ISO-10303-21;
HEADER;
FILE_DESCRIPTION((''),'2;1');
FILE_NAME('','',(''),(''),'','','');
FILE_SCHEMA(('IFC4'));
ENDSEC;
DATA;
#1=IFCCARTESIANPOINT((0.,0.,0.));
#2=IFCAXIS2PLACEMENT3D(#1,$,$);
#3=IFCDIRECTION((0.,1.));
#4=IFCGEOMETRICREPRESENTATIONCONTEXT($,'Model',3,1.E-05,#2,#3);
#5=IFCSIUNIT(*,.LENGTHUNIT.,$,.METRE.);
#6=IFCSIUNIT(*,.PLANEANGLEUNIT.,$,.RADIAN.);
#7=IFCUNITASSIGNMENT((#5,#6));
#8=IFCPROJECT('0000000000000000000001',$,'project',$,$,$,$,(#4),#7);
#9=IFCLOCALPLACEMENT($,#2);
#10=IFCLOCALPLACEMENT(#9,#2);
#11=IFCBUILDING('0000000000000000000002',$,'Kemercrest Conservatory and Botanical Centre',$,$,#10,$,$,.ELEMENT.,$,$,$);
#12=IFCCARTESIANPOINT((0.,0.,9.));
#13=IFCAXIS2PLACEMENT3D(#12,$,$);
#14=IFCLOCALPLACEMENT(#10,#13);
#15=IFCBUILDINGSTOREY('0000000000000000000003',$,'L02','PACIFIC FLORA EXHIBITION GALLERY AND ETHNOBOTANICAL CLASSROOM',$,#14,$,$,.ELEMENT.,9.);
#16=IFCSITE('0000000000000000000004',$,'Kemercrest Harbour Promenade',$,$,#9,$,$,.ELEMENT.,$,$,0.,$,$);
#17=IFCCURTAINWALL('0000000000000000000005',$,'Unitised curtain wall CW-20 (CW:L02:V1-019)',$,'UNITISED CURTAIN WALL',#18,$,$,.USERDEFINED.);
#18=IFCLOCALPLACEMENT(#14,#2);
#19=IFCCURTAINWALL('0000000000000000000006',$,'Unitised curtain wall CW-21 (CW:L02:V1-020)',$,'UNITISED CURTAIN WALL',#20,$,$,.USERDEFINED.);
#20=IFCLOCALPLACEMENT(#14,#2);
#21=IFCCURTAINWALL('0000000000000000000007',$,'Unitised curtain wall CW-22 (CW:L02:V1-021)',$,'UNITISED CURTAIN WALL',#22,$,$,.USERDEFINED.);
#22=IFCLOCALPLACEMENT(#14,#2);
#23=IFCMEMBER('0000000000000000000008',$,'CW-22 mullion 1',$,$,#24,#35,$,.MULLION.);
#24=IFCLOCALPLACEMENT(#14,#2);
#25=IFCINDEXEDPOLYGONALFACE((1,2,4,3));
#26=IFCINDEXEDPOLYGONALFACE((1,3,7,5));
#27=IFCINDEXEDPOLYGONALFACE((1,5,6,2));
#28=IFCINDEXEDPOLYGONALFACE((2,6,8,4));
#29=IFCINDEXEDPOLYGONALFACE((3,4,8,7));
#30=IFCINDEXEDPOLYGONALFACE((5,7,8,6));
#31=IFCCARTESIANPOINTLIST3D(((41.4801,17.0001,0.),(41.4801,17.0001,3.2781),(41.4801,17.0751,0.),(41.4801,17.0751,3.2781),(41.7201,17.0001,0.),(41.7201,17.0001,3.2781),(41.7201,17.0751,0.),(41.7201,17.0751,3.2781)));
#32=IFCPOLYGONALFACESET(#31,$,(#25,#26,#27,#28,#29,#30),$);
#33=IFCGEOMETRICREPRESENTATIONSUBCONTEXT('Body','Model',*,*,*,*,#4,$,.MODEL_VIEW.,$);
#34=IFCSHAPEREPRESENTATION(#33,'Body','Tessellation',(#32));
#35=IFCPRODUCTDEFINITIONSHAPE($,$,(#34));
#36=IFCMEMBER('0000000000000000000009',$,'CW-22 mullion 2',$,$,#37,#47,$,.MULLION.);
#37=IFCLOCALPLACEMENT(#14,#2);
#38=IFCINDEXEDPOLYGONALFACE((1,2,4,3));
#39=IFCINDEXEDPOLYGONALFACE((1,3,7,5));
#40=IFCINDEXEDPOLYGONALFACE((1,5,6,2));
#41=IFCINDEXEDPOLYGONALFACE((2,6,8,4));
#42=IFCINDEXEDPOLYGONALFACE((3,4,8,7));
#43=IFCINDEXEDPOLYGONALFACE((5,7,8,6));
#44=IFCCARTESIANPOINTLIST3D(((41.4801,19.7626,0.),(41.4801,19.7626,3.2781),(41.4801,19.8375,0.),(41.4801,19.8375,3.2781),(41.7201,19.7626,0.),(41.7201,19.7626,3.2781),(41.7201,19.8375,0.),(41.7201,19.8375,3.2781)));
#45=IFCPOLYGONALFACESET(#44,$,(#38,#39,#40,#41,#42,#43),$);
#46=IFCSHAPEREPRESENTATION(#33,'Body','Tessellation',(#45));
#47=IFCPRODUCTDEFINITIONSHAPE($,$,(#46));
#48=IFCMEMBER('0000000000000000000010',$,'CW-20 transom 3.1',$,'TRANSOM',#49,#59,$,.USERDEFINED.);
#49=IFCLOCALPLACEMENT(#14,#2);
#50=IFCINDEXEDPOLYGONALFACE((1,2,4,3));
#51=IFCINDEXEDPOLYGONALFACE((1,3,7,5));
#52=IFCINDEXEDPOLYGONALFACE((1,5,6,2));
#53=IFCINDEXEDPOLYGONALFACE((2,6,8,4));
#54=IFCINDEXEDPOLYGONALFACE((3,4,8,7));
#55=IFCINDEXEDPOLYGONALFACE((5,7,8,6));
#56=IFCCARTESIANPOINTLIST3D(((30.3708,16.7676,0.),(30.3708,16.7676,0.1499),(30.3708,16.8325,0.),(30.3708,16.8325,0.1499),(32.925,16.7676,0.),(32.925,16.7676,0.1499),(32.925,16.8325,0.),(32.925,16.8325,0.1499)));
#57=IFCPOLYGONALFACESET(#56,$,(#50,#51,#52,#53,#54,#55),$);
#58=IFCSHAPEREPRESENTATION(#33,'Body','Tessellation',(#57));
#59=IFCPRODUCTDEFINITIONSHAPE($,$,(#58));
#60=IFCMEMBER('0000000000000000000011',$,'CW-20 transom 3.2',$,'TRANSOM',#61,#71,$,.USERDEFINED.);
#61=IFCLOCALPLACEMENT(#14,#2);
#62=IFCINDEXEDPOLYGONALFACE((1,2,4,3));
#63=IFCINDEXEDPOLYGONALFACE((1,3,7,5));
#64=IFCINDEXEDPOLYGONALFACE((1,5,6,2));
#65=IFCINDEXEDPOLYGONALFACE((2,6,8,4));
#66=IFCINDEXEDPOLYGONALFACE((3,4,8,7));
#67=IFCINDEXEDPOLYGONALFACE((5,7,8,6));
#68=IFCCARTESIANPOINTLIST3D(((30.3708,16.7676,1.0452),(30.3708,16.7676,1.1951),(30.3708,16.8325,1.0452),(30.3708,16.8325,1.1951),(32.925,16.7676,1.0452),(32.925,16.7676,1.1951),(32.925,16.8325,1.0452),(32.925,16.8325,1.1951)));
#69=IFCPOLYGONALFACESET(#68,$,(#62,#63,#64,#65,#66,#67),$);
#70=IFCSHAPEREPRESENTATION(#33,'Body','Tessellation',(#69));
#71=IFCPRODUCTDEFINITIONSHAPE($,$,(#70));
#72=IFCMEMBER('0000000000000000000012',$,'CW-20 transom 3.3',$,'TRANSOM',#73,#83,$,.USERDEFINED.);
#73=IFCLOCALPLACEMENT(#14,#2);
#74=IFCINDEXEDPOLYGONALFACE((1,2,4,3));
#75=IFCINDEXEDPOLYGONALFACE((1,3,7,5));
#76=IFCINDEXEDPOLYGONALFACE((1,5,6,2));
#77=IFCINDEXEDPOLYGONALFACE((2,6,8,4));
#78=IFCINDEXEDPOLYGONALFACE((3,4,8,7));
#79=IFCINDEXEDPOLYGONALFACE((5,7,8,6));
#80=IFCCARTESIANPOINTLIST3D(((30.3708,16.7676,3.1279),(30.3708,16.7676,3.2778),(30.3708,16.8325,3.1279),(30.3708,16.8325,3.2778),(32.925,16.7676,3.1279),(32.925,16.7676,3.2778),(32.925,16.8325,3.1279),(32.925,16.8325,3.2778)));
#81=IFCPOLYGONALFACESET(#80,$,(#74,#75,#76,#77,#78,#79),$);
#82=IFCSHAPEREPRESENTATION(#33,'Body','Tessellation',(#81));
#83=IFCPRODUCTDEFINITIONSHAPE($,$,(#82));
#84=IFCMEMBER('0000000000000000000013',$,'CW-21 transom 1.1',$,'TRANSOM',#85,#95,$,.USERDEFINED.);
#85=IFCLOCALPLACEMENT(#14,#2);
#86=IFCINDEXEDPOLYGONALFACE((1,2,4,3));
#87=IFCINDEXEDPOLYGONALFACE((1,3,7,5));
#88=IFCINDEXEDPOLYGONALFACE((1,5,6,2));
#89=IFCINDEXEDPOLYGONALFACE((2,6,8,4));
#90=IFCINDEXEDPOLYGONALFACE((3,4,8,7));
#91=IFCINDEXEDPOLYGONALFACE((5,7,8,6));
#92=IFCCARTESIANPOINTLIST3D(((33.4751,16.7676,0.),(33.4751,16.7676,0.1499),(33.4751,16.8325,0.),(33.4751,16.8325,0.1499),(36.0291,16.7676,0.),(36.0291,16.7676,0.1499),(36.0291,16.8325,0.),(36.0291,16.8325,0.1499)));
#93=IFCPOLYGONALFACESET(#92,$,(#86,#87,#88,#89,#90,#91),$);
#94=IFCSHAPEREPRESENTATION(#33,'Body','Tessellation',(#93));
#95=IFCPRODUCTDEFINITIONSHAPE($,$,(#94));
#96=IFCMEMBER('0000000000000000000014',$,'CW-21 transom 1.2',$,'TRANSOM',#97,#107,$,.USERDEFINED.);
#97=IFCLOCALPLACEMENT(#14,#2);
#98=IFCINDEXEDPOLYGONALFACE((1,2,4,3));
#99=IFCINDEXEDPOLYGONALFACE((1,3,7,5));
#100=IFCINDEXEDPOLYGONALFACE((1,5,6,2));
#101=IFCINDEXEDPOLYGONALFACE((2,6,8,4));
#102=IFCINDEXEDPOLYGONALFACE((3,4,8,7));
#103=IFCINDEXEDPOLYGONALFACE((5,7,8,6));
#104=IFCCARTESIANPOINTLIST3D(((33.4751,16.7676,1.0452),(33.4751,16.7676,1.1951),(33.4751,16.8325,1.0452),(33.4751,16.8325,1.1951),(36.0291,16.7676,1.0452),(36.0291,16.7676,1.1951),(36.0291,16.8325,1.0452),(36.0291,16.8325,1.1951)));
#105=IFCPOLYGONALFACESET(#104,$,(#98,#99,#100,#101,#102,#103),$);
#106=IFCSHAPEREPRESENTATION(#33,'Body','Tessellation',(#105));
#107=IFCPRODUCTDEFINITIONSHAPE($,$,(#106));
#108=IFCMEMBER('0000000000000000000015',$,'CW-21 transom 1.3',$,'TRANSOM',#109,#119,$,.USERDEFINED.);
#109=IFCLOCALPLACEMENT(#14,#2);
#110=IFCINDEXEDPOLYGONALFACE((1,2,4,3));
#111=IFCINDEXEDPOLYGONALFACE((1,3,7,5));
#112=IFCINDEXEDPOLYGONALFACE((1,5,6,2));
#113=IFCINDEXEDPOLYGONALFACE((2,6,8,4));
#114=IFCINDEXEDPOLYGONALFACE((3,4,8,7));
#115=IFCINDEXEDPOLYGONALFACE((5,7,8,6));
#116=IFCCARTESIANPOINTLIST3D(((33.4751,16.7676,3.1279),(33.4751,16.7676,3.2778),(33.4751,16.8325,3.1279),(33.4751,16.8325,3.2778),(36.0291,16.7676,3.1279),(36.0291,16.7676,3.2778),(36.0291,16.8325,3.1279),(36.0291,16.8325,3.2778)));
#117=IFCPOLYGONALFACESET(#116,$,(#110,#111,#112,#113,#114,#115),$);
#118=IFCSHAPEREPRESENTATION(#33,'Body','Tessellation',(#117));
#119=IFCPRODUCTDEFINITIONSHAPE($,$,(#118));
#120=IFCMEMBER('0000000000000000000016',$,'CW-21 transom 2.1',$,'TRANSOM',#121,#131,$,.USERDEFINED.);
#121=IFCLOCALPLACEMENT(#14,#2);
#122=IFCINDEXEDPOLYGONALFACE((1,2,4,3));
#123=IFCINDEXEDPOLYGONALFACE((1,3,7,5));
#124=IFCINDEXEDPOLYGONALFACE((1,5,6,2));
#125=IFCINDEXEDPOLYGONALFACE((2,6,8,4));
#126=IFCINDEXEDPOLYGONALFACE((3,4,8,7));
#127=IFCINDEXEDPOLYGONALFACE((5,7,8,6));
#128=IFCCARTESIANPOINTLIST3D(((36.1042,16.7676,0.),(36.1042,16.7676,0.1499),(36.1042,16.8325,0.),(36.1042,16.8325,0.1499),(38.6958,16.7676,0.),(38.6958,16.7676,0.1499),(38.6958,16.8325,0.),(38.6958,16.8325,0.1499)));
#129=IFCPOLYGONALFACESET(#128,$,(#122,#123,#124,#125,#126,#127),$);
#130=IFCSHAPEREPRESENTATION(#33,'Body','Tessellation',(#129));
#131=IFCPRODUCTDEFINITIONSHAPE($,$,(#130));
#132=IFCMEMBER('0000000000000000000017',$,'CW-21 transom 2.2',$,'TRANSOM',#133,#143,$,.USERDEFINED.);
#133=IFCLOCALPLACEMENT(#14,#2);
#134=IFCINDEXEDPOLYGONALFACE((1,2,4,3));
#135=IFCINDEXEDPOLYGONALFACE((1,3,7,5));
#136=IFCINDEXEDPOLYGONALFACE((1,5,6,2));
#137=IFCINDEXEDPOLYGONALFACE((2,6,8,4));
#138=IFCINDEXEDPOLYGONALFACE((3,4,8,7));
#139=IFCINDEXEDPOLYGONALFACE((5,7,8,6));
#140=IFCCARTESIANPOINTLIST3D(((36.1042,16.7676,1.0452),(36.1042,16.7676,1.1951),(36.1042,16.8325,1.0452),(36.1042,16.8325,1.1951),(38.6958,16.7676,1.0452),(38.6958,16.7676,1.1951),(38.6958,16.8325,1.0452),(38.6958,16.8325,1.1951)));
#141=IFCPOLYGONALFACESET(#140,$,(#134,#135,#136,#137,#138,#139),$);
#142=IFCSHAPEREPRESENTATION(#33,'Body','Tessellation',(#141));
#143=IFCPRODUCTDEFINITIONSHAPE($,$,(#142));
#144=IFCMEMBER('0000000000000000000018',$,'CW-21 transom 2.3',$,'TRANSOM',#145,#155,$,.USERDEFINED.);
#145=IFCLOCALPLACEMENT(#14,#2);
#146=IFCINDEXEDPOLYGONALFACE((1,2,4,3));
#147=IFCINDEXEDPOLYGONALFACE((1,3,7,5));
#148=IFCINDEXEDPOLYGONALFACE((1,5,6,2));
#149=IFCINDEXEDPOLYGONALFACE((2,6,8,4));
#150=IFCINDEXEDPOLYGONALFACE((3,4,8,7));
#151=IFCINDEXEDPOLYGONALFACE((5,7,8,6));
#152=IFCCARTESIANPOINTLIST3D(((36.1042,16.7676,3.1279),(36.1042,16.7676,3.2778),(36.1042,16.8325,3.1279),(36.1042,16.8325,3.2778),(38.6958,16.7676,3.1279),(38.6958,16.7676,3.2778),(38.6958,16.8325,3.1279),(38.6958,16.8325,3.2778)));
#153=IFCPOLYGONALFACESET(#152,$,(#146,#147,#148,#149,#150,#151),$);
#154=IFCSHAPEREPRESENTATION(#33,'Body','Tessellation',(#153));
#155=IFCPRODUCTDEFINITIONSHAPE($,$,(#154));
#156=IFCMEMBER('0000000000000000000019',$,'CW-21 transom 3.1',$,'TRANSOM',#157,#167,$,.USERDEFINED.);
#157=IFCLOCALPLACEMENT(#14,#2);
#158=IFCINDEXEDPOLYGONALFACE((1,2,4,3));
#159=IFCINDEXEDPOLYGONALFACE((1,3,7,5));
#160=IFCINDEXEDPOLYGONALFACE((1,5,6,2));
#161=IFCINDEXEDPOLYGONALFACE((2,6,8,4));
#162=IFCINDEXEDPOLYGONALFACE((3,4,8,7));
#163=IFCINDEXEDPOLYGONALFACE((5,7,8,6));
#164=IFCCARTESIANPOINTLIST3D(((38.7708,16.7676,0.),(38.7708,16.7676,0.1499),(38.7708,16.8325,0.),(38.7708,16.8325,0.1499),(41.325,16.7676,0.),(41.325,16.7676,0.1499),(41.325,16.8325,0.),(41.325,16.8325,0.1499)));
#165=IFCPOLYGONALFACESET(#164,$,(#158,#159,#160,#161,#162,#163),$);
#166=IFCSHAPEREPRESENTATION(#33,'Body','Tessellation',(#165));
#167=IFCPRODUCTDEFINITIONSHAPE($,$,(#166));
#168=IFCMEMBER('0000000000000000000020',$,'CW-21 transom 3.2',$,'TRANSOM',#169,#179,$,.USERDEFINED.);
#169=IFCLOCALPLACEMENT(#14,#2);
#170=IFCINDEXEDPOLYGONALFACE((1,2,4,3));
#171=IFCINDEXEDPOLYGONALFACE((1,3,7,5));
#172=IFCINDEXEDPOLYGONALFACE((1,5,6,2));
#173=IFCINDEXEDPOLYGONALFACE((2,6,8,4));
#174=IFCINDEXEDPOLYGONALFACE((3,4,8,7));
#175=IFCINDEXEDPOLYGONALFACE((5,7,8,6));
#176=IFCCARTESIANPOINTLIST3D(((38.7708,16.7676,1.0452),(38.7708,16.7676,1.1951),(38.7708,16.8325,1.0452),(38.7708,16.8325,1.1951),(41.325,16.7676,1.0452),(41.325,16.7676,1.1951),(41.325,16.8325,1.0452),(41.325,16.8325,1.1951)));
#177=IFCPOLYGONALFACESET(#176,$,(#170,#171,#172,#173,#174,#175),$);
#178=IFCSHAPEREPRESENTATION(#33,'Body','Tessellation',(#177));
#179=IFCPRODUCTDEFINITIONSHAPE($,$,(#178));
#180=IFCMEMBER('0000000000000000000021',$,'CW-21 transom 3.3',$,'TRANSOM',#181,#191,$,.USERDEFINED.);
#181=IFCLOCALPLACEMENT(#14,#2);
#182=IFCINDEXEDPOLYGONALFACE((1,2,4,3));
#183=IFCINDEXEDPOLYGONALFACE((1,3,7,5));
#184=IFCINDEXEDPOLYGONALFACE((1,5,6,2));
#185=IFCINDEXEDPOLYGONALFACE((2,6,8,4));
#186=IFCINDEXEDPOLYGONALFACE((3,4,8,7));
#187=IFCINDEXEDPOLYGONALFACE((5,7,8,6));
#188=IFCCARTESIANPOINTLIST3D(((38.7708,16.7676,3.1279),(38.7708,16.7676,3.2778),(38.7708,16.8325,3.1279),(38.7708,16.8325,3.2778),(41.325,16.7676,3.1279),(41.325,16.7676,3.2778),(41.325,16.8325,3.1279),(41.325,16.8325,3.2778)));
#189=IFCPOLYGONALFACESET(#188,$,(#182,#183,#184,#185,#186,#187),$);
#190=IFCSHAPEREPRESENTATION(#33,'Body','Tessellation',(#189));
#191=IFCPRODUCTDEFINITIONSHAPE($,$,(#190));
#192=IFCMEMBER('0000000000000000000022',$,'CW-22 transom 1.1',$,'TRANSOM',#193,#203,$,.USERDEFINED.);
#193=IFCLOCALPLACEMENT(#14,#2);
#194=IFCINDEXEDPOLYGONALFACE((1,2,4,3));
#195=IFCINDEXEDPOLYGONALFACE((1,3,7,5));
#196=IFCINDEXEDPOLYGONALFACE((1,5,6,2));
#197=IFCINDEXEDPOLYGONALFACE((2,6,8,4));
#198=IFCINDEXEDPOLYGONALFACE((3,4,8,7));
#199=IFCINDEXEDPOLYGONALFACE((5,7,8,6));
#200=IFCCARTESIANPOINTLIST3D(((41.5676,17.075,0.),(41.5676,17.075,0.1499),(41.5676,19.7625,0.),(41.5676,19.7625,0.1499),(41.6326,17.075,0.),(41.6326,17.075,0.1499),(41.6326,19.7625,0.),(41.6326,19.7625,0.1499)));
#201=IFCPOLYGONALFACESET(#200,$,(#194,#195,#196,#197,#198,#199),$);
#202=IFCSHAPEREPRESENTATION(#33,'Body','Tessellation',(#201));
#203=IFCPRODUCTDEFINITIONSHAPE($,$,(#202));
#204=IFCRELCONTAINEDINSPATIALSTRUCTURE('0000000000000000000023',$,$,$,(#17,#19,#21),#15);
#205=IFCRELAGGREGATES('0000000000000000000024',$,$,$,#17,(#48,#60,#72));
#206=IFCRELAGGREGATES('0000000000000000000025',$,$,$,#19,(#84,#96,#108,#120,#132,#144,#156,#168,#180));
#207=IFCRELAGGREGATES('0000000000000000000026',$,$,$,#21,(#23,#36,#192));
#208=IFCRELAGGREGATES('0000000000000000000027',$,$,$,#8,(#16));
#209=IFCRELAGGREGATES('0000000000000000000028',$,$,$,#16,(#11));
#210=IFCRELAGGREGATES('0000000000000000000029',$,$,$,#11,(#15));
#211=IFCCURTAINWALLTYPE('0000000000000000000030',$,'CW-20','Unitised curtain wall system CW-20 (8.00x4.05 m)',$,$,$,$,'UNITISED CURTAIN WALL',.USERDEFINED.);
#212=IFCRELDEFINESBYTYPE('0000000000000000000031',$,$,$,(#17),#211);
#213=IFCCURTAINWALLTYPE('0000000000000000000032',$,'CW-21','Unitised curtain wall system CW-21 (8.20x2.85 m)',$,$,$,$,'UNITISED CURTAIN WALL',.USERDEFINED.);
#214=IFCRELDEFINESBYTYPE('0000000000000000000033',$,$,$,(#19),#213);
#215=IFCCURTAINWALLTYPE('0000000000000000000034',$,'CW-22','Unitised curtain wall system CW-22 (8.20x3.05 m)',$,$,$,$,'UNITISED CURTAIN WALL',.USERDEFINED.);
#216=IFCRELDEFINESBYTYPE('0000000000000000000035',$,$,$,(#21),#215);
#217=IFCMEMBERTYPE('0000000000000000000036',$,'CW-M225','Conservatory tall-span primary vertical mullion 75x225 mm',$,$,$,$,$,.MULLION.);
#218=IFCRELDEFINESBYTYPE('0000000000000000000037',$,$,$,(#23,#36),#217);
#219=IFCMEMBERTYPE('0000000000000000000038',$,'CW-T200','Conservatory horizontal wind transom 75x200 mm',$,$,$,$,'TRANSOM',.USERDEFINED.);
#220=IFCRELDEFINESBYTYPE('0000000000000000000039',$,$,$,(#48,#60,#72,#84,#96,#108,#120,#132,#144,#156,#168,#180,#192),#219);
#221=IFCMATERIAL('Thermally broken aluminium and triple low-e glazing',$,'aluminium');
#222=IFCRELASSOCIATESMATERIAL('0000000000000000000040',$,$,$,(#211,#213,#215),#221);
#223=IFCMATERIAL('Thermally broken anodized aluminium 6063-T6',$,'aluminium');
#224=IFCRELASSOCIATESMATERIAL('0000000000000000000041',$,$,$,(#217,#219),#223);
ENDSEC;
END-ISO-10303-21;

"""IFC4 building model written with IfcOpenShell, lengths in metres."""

from ifc_helpers import new_model, si_unit, direction, frame, origin, origin_2d, place, context, subcontext, project, spatial, rectangle, extrude, material, material_profile, profile_set, type_object, element, aggregate, save


model = new_model("IFC4")

# Units and contexts
model_context = context("Model", 3, precision=1e-05, world=origin(), true_north=direction((0.0, 1.0)))
body_context = subcontext(model_context, "Body", "Model", "MODEL_VIEW")
ifc_project = project(units=[si_unit("LENGTHUNIT", "METRE"), si_unit("PLANEANGLEUNIT", "RADIAN")], contexts=[model_context])

# Site, building, storey
site_placement = place(None, origin())
site = spatial("IfcSite", under=ifc_project, at=site_placement, Name="Kemercrest Harbour Promenade", CompositionType="ELEMENT", RefElevation=0.0)
building_placement = place(site_placement, origin())
building = spatial("IfcBuilding", under=site, at=building_placement, Name="Kemercrest Conservatory and Botanical Centre", CompositionType="ELEMENT")
storey_placement = place(building_placement, frame((0.0, 0.0, 9.0)))
storey = spatial("IfcBuildingStorey", under=building, at=storey_placement, Name="L02", Description="PACIFIC FLORA EXHIBITION GALLERY AND ETHNOBOTANICAL CLASSROOM", CompositionType="ELEMENT", Elevation=9.0)

# Curtain walls, members
ifc_material_1 = material(Name="Thermally broken aluminium and triple low-e glazing", Category="aluminium")
curtain_wall_type_1 = type_object("IfcCurtainWallType", Name="CW-20", Description="Unitised curtain wall system CW-20 (8.00x4.05 m)", ElementType="UNITISED CURTAIN WALL", PredefinedType="USERDEFINED", material=ifc_material_1)
curtain_wall_1_placement = place(storey_placement, origin())
curtain_wall_1 = element("IfcCurtainWall", 1, at=curtain_wall_1_placement, inside=storey, type_object=curtain_wall_type_1, Name="Unitised curtain wall CW-20 (CW:L02:V1-019)", ObjectType="UNITISED CURTAIN WALL", PredefinedType="USERDEFINED")
ifc_material_2 = material(Name="Thermally broken anodized aluminium 6063-T6", Category="aluminium")
ifc_material_profile_1 = material_profile(ifc_material_2, rectangle(XDim=0.24, YDim=0.075, at=origin_2d()), Name="AL MULLION 75x240")
ifc_profile_set_1 = profile_set([ifc_material_profile_1], Name="Thermally broken anodized aluminium 6063-T6")
member_type_1 = type_object("IfcMemberType", Name="CW-M225", Description="Conservatory tall-span primary vertical mullion 75x225 mm", PredefinedType="MULLION", material=ifc_profile_set_1)
curtain_wall_type_2 = type_object("IfcCurtainWallType", Name="CW-21", Description="Unitised curtain wall system CW-21 (8.20x2.85 m)", ElementType="UNITISED CURTAIN WALL", PredefinedType="USERDEFINED", material=ifc_material_1)
curtain_wall_2_placement = place(storey_placement, origin())
curtain_wall_2 = element("IfcCurtainWall", 2, at=curtain_wall_2_placement, inside=storey, type_object=curtain_wall_type_2, Name="Unitised curtain wall CW-21 (CW:L02:V1-020)", ObjectType="UNITISED CURTAIN WALL", PredefinedType="USERDEFINED")
curtain_wall_type_3 = type_object("IfcCurtainWallType", Name="CW-22", Description="Unitised curtain wall system CW-22 (8.20x3.05 m)", ElementType="UNITISED CURTAIN WALL", PredefinedType="USERDEFINED", material=ifc_material_1)
curtain_wall_3_placement = place(storey_placement, origin())
curtain_wall_3 = element("IfcCurtainWall", 3, at=curtain_wall_3_placement, inside=storey, type_object=curtain_wall_type_3, Name="Unitised curtain wall CW-22 (CW:L02:V1-021)", ObjectType="UNITISED CURTAIN WALL", PredefinedType="USERDEFINED")
member_1_placement = place(storey_placement, frame((41.6001, 17.0376, 0.0), z_axis=(0.0, 0.0, 1.0), x_axis=(-1.0, 0.0, 0.0)))
member_1 = element("IfcMember", 4, at=member_1_placement, type_object=member_type_1, Name="CW-22 mullion 1", PredefinedType="MULLION", context=body_context, shape_type="SweptSolid", body=[
    extrude(rectangle(XDim=0.24, YDim=0.075, at=origin_2d()), origin(), (0.0, 0.0, 1.0), 3.2781),
])
member_2_placement = place(storey_placement, frame((41.6001, 19.8, 0.0), z_axis=(0.0, 0.0, 1.0), x_axis=(-1.0, 0.0, 0.0)))
member_2 = element("IfcMember", 5, at=member_2_placement, type_object=member_type_1, Name="CW-22 mullion 2", PredefinedType="MULLION", context=body_context, shape_type="SweptSolid", body=[
    extrude(rectangle(XDim=0.24, YDim=0.075, at=origin_2d()), origin(), (0.0, 0.0, 1.0), 3.2781),
])

# Members
ifc_material_profile_2 = material_profile(ifc_material_2, rectangle(XDim=0.0649, YDim=0.1499, at=origin_2d()), Name="AL TRANSOM 65x150")
ifc_profile_set_2 = profile_set([ifc_material_profile_2], Name="Thermally broken anodized aluminium 6063-T6")
member_type_2 = type_object("IfcMemberType", Name="CW-T200", Description="Conservatory horizontal wind transom 75x200 mm", ElementType="TRANSOM", PredefinedType="USERDEFINED", material=ifc_profile_set_2)
member_3_placement = place(storey_placement, frame((30.3708, 16.8, 0.075), z_axis=(1.0, 0.0, 0.0), x_axis=(0.0, 1.0, 0.0)))
member_3 = element("IfcMember", 6, at=member_3_placement, type_object=member_type_2, Name="CW-20 transom 3.1", ObjectType="TRANSOM", PredefinedType="USERDEFINED", context=body_context, shape_type="SweptSolid", body=[
    extrude(rectangle(XDim=0.0649, YDim=0.1499, at=origin_2d()), origin(), (0.0, 0.0, 1.0), 2.5542),
])
member_4_placement = place(storey_placement, frame((30.3708, 16.8, 1.1201), z_axis=(1.0, 0.0, 0.0), x_axis=(0.0, 1.0, 0.0)))
member_4 = element("IfcMember", 7, at=member_4_placement, type_object=member_type_2, Name="CW-20 transom 3.2", ObjectType="TRANSOM", PredefinedType="USERDEFINED", context=body_context, shape_type="SweptSolid", body=[
    extrude(rectangle(XDim=0.0649, YDim=0.1499, at=origin_2d()), origin(), (0.0, 0.0, 1.0), 2.5542),
])
member_5_placement = place(storey_placement, frame((30.3708, 16.8, 3.2029), z_axis=(1.0, 0.0, 0.0), x_axis=(0.0, 1.0, 0.0)))
member_5 = element("IfcMember", 8, at=member_5_placement, type_object=member_type_2, Name="CW-20 transom 3.3", ObjectType="TRANSOM", PredefinedType="USERDEFINED", context=body_context, shape_type="SweptSolid", body=[
    extrude(rectangle(XDim=0.0649, YDim=0.1499, at=origin_2d()), origin(), (0.0, 0.0, 1.0), 2.5542),
])
member_6_placement = place(storey_placement, frame((33.4751, 16.8, 0.075), z_axis=(1.0, 0.0, 0.0), x_axis=(0.0, 1.0, 0.0)))
member_6 = element("IfcMember", 9, at=member_6_placement, type_object=member_type_2, Name="CW-21 transom 1.1", ObjectType="TRANSOM", PredefinedType="USERDEFINED", context=body_context, shape_type="SweptSolid", body=[
    extrude(rectangle(XDim=0.0649, YDim=0.1499, at=origin_2d()), origin(), (0.0, 0.0, 1.0), 2.554),
])
member_7_placement = place(storey_placement, frame((33.4751, 16.8, 1.1201), z_axis=(1.0, 0.0, 0.0), x_axis=(0.0, 1.0, 0.0)))
member_7 = element("IfcMember", 10, at=member_7_placement, type_object=member_type_2, Name="CW-21 transom 1.2", ObjectType="TRANSOM", PredefinedType="USERDEFINED", context=body_context, shape_type="SweptSolid", body=[
    extrude(rectangle(XDim=0.0649, YDim=0.1499, at=origin_2d()), origin(), (0.0, 0.0, 1.0), 2.554),
])
member_8_placement = place(storey_placement, frame((33.4751, 16.8, 3.2029), z_axis=(1.0, 0.0, 0.0), x_axis=(0.0, 1.0, 0.0)))
member_8 = element("IfcMember", 11, at=member_8_placement, type_object=member_type_2, Name="CW-21 transom 1.3", ObjectType="TRANSOM", PredefinedType="USERDEFINED", context=body_context, shape_type="SweptSolid", body=[
    extrude(rectangle(XDim=0.0649, YDim=0.1499, at=origin_2d()), origin(), (0.0, 0.0, 1.0), 2.554),
])
member_9_placement = place(storey_placement, frame((36.1042, 16.8, 0.075), z_axis=(1.0, 0.0, 0.0), x_axis=(0.0, 1.0, 0.0)))
member_9 = element("IfcMember", 12, at=member_9_placement, type_object=member_type_2, Name="CW-21 transom 2.1", ObjectType="TRANSOM", PredefinedType="USERDEFINED", context=body_context, shape_type="SweptSolid", body=[
    extrude(rectangle(XDim=0.0649, YDim=0.1499, at=origin_2d()), origin(), (0.0, 0.0, 1.0), 2.5916),
])
member_10_placement = place(storey_placement, frame((36.1042, 16.8, 1.1201), z_axis=(1.0, 0.0, 0.0), x_axis=(0.0, 1.0, 0.0)))
member_10 = element("IfcMember", 13, at=member_10_placement, type_object=member_type_2, Name="CW-21 transom 2.2", ObjectType="TRANSOM", PredefinedType="USERDEFINED", context=body_context, shape_type="SweptSolid", body=[
    extrude(rectangle(XDim=0.0649, YDim=0.1499, at=origin_2d()), origin(), (0.0, 0.0, 1.0), 2.5916),
])
member_11_placement = place(storey_placement, frame((36.1042, 16.8, 3.2029), z_axis=(1.0, 0.0, 0.0), x_axis=(0.0, 1.0, 0.0)))
member_11 = element("IfcMember", 14, at=member_11_placement, type_object=member_type_2, Name="CW-21 transom 2.3", ObjectType="TRANSOM", PredefinedType="USERDEFINED", context=body_context, shape_type="SweptSolid", body=[
    extrude(rectangle(XDim=0.0649, YDim=0.1499, at=origin_2d()), origin(), (0.0, 0.0, 1.0), 2.5916),
])
member_12_placement = place(storey_placement, frame((38.7708, 16.8, 0.075), z_axis=(1.0, 0.0, 0.0), x_axis=(0.0, 1.0, 0.0)))
member_12 = element("IfcMember", 15, at=member_12_placement, type_object=member_type_2, Name="CW-21 transom 3.1", ObjectType="TRANSOM", PredefinedType="USERDEFINED", context=body_context, shape_type="SweptSolid", body=[
    extrude(rectangle(XDim=0.0649, YDim=0.1499, at=origin_2d()), origin(), (0.0, 0.0, 1.0), 2.5542),
])
member_13_placement = place(storey_placement, frame((38.7708, 16.8, 1.1201), z_axis=(1.0, 0.0, 0.0), x_axis=(0.0, 1.0, 0.0)))
member_13 = element("IfcMember", 16, at=member_13_placement, type_object=member_type_2, Name="CW-21 transom 3.2", ObjectType="TRANSOM", PredefinedType="USERDEFINED", context=body_context, shape_type="SweptSolid", body=[
    extrude(rectangle(XDim=0.0649, YDim=0.1499, at=origin_2d()), origin(), (0.0, 0.0, 1.0), 2.5542),
])
member_14_placement = place(storey_placement, frame((38.7708, 16.8, 3.2029), z_axis=(1.0, 0.0, 0.0), x_axis=(0.0, 1.0, 0.0)))
member_14 = element("IfcMember", 17, at=member_14_placement, type_object=member_type_2, Name="CW-21 transom 3.3", ObjectType="TRANSOM", PredefinedType="USERDEFINED", context=body_context, shape_type="SweptSolid", body=[
    extrude(rectangle(XDim=0.0649, YDim=0.1499, at=origin_2d()), origin(), (0.0, 0.0, 1.0), 2.5542),
])
member_15_placement = place(storey_placement, frame((41.6001, 17.075, 0.075), z_axis=(0.0, 1.0, 0.0), x_axis=(-1.0, 0.0, 0.0)))
member_15 = element("IfcMember", 18, at=member_15_placement, type_object=member_type_2, Name="CW-22 transom 1.1", ObjectType="TRANSOM", PredefinedType="USERDEFINED", context=body_context, shape_type="SweptSolid", body=[
    extrude(rectangle(XDim=0.0649, YDim=0.1499, at=origin_2d()), origin(), (0.0, 0.0, 1.0), 2.6875),
])

aggregate(curtain_wall_1, [member_3, member_4, member_5])
aggregate(curtain_wall_2, [member_6, member_7, member_8, member_9, member_10, member_11, member_12, member_13, member_14])
aggregate(curtain_wall_3, [member_1, member_2, member_15])

save(model, "model.ifc")
